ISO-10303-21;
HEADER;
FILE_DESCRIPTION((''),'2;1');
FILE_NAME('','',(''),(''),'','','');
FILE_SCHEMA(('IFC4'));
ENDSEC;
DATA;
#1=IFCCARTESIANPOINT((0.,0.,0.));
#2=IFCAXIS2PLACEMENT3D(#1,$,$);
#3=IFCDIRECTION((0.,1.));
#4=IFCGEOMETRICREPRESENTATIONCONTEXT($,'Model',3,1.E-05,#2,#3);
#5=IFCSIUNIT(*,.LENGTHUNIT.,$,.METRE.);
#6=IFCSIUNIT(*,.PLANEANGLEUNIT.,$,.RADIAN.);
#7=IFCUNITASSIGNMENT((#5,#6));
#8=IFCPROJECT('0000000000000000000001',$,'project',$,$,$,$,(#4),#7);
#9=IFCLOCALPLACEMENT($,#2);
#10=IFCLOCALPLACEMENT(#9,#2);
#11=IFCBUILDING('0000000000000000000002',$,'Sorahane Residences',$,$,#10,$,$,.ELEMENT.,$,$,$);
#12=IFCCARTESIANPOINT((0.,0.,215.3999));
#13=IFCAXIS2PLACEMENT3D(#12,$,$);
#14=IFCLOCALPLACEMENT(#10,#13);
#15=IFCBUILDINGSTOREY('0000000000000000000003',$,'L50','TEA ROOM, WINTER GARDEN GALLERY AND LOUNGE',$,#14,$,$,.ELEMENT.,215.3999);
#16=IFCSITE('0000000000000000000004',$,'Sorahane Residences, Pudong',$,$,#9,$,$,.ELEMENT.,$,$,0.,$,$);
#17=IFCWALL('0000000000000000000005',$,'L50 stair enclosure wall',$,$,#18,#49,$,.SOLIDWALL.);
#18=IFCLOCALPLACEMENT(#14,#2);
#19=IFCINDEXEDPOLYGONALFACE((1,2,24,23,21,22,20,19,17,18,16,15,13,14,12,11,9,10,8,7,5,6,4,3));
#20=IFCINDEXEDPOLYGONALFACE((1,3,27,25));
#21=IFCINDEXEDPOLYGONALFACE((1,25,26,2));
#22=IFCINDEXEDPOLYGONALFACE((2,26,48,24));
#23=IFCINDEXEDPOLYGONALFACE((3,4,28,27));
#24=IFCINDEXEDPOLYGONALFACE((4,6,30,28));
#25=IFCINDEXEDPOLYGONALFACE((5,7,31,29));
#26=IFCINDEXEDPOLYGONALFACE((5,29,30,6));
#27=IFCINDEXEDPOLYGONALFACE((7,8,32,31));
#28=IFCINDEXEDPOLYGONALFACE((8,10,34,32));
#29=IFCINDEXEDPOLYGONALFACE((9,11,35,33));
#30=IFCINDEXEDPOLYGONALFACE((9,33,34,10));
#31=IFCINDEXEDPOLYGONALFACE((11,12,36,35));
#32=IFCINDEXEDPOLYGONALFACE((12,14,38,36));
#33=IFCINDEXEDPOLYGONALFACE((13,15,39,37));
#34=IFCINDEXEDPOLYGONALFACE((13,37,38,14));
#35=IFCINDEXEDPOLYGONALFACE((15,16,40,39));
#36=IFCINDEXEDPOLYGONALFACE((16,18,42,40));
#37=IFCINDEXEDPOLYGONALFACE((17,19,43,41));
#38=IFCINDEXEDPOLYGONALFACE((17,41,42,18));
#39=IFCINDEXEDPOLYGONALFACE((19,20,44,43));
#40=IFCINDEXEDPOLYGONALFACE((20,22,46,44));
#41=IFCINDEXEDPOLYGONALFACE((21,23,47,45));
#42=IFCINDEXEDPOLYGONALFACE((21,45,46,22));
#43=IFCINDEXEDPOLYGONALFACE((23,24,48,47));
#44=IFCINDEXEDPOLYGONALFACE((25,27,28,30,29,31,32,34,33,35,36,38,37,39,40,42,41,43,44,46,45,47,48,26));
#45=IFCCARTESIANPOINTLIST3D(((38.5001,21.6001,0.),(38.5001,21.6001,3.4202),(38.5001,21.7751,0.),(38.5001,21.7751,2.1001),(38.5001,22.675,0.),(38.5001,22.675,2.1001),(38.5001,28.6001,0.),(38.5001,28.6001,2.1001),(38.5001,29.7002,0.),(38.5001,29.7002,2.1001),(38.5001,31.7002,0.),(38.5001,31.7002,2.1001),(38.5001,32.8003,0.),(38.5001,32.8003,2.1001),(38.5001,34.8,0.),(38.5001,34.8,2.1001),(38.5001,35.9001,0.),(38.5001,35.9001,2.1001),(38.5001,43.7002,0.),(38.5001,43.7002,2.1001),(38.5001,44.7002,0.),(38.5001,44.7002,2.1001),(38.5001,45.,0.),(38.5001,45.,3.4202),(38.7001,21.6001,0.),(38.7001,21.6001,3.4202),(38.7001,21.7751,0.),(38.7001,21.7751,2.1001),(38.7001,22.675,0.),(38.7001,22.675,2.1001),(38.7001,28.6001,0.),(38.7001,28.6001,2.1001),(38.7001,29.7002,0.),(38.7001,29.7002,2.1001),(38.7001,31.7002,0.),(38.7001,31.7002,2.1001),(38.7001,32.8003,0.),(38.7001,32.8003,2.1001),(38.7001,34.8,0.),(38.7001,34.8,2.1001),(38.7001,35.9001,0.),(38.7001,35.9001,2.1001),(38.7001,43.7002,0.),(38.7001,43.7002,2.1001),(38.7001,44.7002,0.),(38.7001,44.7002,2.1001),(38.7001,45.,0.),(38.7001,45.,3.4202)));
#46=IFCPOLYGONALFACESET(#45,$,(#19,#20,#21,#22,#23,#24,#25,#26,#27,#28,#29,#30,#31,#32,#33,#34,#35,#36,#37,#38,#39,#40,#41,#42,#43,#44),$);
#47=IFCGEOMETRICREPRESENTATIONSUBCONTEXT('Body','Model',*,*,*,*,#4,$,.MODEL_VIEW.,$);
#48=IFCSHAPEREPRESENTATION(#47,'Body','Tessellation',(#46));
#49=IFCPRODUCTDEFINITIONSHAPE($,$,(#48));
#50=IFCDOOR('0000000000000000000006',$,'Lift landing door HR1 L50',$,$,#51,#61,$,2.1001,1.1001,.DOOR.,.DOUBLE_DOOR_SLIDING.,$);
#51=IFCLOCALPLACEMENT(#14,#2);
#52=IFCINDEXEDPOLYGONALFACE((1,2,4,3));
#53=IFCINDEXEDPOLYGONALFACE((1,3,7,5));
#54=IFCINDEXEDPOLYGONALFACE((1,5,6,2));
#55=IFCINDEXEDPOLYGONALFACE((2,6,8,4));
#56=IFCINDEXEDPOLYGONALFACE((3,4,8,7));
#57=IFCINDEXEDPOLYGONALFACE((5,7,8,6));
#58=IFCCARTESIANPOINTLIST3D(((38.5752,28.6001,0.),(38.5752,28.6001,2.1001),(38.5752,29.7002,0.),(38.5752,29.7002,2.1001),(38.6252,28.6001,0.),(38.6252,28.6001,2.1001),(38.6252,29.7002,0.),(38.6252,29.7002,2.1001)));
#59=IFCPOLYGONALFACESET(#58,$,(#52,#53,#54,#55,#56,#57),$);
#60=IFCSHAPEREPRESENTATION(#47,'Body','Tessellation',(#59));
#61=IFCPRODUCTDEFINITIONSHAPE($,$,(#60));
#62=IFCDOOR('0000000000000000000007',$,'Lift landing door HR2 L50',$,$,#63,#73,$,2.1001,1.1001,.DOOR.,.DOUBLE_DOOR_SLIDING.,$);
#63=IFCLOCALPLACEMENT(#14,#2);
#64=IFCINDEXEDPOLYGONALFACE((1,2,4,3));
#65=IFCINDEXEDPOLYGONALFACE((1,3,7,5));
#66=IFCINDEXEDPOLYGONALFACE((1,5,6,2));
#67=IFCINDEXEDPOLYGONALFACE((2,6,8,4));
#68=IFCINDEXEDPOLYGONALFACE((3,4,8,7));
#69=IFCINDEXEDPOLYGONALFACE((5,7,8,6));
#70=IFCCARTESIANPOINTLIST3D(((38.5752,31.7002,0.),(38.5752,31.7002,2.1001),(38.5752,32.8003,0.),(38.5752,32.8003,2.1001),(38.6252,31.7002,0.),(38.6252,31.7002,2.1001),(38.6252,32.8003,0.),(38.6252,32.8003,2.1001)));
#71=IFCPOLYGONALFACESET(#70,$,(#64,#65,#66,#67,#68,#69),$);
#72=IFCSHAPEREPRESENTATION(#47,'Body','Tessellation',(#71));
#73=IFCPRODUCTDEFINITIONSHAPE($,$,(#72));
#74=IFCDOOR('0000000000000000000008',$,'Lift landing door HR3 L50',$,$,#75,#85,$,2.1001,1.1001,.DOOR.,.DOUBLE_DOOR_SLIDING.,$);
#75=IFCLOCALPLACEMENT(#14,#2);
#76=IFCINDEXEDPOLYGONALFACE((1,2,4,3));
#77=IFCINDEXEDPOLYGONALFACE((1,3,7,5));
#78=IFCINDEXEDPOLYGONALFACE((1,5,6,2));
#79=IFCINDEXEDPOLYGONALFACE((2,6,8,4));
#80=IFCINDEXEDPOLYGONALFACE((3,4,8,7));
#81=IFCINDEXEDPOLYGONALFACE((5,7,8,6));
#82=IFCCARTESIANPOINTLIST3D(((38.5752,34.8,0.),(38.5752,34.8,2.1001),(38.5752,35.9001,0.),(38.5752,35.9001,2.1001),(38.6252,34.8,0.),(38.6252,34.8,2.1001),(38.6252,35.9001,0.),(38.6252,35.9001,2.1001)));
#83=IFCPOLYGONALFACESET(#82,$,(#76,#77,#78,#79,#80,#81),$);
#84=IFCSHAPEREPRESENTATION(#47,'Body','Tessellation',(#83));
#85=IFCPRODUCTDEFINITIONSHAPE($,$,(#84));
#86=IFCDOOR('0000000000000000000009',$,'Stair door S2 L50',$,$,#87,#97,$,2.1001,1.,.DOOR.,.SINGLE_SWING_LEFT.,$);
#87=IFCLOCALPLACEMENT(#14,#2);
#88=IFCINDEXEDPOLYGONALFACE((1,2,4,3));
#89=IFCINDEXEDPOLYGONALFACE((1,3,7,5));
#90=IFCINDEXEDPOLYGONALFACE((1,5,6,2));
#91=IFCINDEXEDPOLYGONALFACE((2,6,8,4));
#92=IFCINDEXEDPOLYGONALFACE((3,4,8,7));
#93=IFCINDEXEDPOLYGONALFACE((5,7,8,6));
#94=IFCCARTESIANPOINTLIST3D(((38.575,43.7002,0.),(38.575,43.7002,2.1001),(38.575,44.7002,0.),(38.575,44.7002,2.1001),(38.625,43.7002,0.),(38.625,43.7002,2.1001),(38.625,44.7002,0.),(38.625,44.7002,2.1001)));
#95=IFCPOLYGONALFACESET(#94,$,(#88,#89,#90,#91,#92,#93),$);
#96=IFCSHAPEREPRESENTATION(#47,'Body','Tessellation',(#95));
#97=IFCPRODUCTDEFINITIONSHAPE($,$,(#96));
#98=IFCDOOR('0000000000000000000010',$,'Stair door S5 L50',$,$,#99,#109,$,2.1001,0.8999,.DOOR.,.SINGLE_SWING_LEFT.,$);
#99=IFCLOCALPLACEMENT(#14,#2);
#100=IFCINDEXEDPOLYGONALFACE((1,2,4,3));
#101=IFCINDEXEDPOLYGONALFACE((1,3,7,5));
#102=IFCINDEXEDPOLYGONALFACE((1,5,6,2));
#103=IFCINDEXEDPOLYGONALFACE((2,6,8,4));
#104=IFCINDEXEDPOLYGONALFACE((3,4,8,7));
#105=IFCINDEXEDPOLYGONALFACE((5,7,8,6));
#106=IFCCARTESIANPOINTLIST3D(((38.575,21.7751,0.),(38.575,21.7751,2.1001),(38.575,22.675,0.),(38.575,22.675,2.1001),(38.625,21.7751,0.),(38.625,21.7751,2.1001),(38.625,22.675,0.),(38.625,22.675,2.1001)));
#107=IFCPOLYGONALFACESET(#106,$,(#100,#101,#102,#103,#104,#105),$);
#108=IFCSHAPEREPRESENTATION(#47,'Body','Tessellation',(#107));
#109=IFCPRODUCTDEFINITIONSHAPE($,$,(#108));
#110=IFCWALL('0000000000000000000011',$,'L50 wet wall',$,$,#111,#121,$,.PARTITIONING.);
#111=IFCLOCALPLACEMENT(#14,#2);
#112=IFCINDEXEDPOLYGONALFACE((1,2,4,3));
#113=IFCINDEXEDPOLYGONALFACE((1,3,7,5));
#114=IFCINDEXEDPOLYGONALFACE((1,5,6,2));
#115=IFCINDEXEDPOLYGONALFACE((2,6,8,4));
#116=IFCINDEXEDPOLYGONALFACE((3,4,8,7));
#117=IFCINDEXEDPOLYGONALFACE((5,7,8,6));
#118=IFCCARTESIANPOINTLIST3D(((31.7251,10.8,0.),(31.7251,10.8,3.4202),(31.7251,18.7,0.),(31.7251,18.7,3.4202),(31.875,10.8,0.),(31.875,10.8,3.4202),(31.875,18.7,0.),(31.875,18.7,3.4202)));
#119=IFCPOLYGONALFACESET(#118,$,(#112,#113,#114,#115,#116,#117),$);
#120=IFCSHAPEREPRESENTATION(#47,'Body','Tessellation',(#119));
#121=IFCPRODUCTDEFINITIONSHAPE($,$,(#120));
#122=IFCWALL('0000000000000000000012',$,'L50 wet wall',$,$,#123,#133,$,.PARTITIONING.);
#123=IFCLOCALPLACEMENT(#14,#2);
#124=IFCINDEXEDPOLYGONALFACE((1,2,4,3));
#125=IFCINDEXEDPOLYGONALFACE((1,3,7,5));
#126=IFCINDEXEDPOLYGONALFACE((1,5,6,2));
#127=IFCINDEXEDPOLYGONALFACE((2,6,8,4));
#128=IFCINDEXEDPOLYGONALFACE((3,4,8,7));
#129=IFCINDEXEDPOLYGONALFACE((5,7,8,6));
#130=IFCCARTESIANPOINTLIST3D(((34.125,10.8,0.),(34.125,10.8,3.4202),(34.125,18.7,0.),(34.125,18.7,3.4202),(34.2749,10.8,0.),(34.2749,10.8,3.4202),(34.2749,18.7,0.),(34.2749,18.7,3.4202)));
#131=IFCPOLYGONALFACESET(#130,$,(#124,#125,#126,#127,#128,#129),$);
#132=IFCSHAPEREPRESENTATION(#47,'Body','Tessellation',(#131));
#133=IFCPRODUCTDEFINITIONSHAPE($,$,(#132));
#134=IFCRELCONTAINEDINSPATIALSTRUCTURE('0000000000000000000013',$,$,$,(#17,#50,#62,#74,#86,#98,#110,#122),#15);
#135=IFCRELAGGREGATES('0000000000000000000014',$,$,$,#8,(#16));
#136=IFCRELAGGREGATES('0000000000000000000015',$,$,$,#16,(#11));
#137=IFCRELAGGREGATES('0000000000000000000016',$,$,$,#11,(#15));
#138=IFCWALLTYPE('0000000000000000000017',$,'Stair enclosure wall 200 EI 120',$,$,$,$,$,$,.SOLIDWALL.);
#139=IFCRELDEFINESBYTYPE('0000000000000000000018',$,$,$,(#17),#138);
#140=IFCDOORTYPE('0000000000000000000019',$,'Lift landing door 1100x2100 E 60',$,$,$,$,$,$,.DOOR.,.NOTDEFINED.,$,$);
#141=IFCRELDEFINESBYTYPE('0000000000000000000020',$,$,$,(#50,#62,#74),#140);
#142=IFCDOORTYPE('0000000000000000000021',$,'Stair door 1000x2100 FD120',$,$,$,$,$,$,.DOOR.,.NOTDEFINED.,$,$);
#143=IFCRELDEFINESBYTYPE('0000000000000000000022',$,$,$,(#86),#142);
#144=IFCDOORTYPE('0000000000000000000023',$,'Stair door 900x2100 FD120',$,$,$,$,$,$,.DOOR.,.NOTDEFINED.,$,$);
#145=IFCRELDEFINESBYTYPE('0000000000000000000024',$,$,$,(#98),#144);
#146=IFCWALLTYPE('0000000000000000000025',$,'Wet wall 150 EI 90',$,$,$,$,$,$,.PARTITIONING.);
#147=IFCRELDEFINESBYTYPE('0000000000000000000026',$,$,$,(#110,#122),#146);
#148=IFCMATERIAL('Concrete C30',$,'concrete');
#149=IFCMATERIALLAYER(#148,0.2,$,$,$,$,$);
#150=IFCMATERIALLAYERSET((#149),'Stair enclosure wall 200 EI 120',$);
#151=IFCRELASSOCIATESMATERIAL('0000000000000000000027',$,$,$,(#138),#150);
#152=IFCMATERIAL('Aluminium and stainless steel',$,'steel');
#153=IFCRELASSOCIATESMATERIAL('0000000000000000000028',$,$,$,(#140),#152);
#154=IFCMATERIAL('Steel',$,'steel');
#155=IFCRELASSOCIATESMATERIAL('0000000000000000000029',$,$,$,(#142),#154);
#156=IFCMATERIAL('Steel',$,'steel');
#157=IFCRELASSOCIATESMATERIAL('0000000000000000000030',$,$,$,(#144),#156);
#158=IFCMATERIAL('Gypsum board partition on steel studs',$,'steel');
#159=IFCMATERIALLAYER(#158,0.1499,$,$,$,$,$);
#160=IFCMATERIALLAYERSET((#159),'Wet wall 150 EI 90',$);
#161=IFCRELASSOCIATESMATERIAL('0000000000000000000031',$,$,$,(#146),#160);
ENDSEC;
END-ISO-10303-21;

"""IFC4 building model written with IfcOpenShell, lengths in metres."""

from ifc_helpers import new_model, si_unit, direction, frame, frame_2d, origin, place, context, subcontext, project, spatial, rectangle, extrude, material, layer, layer_set, type_object, element, fill, save


model = new_model("IFC4")

# Units and contexts
model_context = context("Model", 3, precision=1e-05, world=origin(), true_north=direction((0.0, 1.0)))
body_context = subcontext(model_context, "Body", "Model", "MODEL_VIEW")
ifc_project = project(units=[si_unit("LENGTHUNIT", "METRE"), si_unit("PLANEANGLEUNIT", "RADIAN")], contexts=[model_context])

# Site, building, storey
site_placement = place(None, origin())
site = spatial("IfcSite", under=ifc_project, at=site_placement, Name="Sorahane Residences, Pudong", CompositionType="ELEMENT", RefElevation=0.0)
building_placement = place(site_placement, origin())
building = spatial("IfcBuilding", under=site, at=building_placement, Name="Sorahane Residences", CompositionType="ELEMENT")
storey_placement = place(building_placement, frame((0.0, 0.0, 215.3999)))
storey = spatial("IfcBuildingStorey", under=building, at=storey_placement, Name="L50", Description="TEA ROOM, WINTER GARDEN GALLERY AND LOUNGE", CompositionType="ELEMENT", Elevation=215.3999)

# Wall, openings, doors
ifc_material_1 = material(Name="Concrete C30", Category="concrete")
ifc_layer_1 = layer(ifc_material_1, 0.2)
ifc_layer_set_1 = layer_set([ifc_layer_1], Name="Stair enclosure wall 200 EI 120")
wall_type_1 = type_object("IfcWallType", Name="Stair enclosure wall 200 EI 120", PredefinedType="SOLIDWALL", material=ifc_layer_set_1)
wall_1_placement = place(storey_placement, frame((38.6001, 21.6001, 0.0), z_axis=(0.0, 0.0, 1.0), x_axis=(0.0, 1.0, 0.0)))
wall_1 = element("IfcWall", 1, at=wall_1_placement, inside=storey, type_object=wall_type_1, Name="L50 stair enclosure wall", PredefinedType="SOLIDWALL", context=body_context, shape_type="SweptSolid", body=[
    extrude(rectangle(XDim=23.3999, YDim=0.2, at=frame_2d((11.7, 0.0))), origin(), (0.0, 0.0, 1.0), 3.4202),
])
opening_1_placement = place(wall_1_placement, frame((7.0, 0.0, 0.0)))
opening_1 = element("IfcOpeningElement", 2, at=opening_1_placement, cuts=wall_1, PredefinedType="OPENING", context=body_context, shape_type="SweptSolid", body=[
    extrude(rectangle(XDim=1.1001, YDim=2.1001, at=frame_2d((0.55, 1.05))), frame((0.0, 0.1099, 0.0), z_axis=(0.0, -1.0, 0.0), x_axis=(1.0, 0.0, 0.0)), (0.0, 0.0, 1.0), 0.22),
])
opening_2_placement = place(wall_1_placement, frame((10.1001, 0.0, 0.0)))
opening_2 = element("IfcOpeningElement", 3, at=opening_2_placement, cuts=wall_1, PredefinedType="OPENING", context=body_context, shape_type="SweptSolid", body=[
    extrude(rectangle(XDim=1.1001, YDim=2.1001, at=frame_2d((0.55, 1.05))), frame((0.0, 0.1099, 0.0), z_axis=(0.0, -1.0, 0.0), x_axis=(1.0, 0.0, 0.0)), (0.0, 0.0, 1.0), 0.22),
])
opening_3_placement = place(wall_1_placement, frame((13.2, 0.0, 0.0)))
opening_3 = element("IfcOpeningElement", 4, at=opening_3_placement, cuts=wall_1, PredefinedType="OPENING", context=body_context, shape_type="SweptSolid", body=[
    extrude(rectangle(XDim=1.1001, YDim=2.1001, at=frame_2d((0.55, 1.05))), frame((0.0, 0.1099, 0.0), z_axis=(0.0, -1.0, 0.0), x_axis=(1.0, 0.0, 0.0)), (0.0, 0.0, 1.0), 0.22),
])
opening_4_placement = place(wall_1_placement, frame((22.1001, 0.0, 0.0)))
opening_4 = element("IfcOpeningElement", 5, at=opening_4_placement, cuts=wall_1, PredefinedType="OPENING", context=body_context, shape_type="SweptSolid", body=[
    extrude(rectangle(XDim=1.0, YDim=2.1001, at=frame_2d((0.5, 1.05))), frame((0.0, 0.1099, 0.0), z_axis=(0.0, -1.0, 0.0), x_axis=(1.0, 0.0, 0.0)), (0.0, 0.0, 1.0), 0.22),
])
opening_5_placement = place(wall_1_placement, frame((0.175, 0.0, 0.0)))
opening_5 = element("IfcOpeningElement", 6, at=opening_5_placement, cuts=wall_1, PredefinedType="OPENING", context=body_context, shape_type="SweptSolid", body=[
    extrude(rectangle(XDim=0.8999, YDim=2.1001, at=frame_2d((0.45, 1.05))), frame((0.0, 0.1099, 0.0), z_axis=(0.0, -1.0, 0.0), x_axis=(1.0, 0.0, 0.0)), (0.0, 0.0, 1.0), 0.22),
])
ifc_material_2 = material(Name="Aluminium and stainless steel", Category="steel")
door_type_1 = type_object("IfcDoorType", Name="Lift landing door 1100x2100 E 60", OperationType="NOTDEFINED", PredefinedType="DOOR", material=ifc_material_2)
door_1_placement = place(opening_1_placement, origin())
door_1 = element("IfcDoor", 7, at=door_1_placement, inside=storey, type_object=door_type_1, Name="Lift landing door HR1 L50", OperationType="DOUBLE_DOOR_SLIDING", OverallHeight=2.1001, OverallWidth=1.1001, PredefinedType="DOOR", context=body_context, shape_type="SweptSolid", body=[
    extrude(rectangle(XDim=1.1001, YDim=2.1001, at=frame_2d((0.55, 1.05))), frame((0.0, 0.0249, 0.0), z_axis=(0.0, -1.0, 0.0), x_axis=(1.0, 0.0, 0.0)), (0.0, 0.0, 1.0), 0.05),
])
fill(opening_1, door_1)
door_2_placement = place(opening_2_placement, origin())
door_2 = element("IfcDoor", 8, at=door_2_placement, inside=storey, type_object=door_type_1, Name="Lift landing door HR2 L50", OperationType="DOUBLE_DOOR_SLIDING", OverallHeight=2.1001, OverallWidth=1.1001, PredefinedType="DOOR", context=body_context, shape_type="SweptSolid", body=[
    extrude(rectangle(XDim=1.1001, YDim=2.1001, at=frame_2d((0.55, 1.05))), frame((0.0, 0.0249, 0.0), z_axis=(0.0, -1.0, 0.0), x_axis=(1.0, 0.0, 0.0)), (0.0, 0.0, 1.0), 0.05),
])
fill(opening_2, door_2)
door_3_placement = place(opening_3_placement, origin())
door_3 = element("IfcDoor", 9, at=door_3_placement, inside=storey, type_object=door_type_1, Name="Lift landing door HR3 L50", OperationType="DOUBLE_DOOR_SLIDING", OverallHeight=2.1001, OverallWidth=1.1001, PredefinedType="DOOR", context=body_context, shape_type="SweptSolid", body=[
    extrude(rectangle(XDim=1.1001, YDim=2.1001, at=frame_2d((0.55, 1.05))), frame((0.0, 0.0249, 0.0), z_axis=(0.0, -1.0, 0.0), x_axis=(1.0, 0.0, 0.0)), (0.0, 0.0, 1.0), 0.05),
])
fill(opening_3, door_3)
ifc_material_3 = material(Name="Steel", Category="steel")
door_type_2 = type_object("IfcDoorType", Name="Stair door 1000x2100 FD120", OperationType="NOTDEFINED", PredefinedType="DOOR", material=ifc_material_3)
door_4_placement = place(opening_4_placement, frame((1.0, 0.0, 0.0), z_axis=(0.0, 0.0, 1.0), x_axis=(-1.0, 0.0, 0.0)))
door_4 = element("IfcDoor", 10, at=door_4_placement, inside=storey, type_object=door_type_2, Name="Stair door S2 L50", OperationType="SINGLE_SWING_LEFT", OverallHeight=2.1001, OverallWidth=1.0, PredefinedType="DOOR", context=body_context, shape_type="SweptSolid", body=[
    extrude(rectangle(XDim=1.0, YDim=2.1001, at=frame_2d((0.5, 1.05))), frame((0.0, 0.0249, 0.0), z_axis=(0.0, -1.0, 0.0), x_axis=(1.0, 0.0, 0.0)), (0.0, 0.0, 1.0), 0.05),
])
fill(opening_4, door_4)
ifc_material_4 = material(Name="Steel", Category="steel")
door_type_3 = type_object("IfcDoorType", Name="Stair door 900x2100 FD120", OperationType="NOTDEFINED", PredefinedType="DOOR", material=ifc_material_4)
door_5_placement = place(opening_5_placement, frame((0.8999, 0.0, 0.0), z_axis=(0.0, 0.0, 1.0), x_axis=(-1.0, 0.0, 0.0)))
door_5 = element("IfcDoor", 11, at=door_5_placement, inside=storey, type_object=door_type_3, Name="Stair door S5 L50", OperationType="SINGLE_SWING_LEFT", OverallHeight=2.1001, OverallWidth=0.8999, PredefinedType="DOOR", context=body_context, shape_type="SweptSolid", body=[
    extrude(rectangle(XDim=0.8999, YDim=2.1001, at=frame_2d((0.45, 1.05))), frame((0.0, 0.0249, 0.0), z_axis=(0.0, -1.0, 0.0), x_axis=(1.0, 0.0, 0.0)), (0.0, 0.0, 1.0), 0.05),
])
fill(opening_5, door_5)

# Walls
ifc_material_5 = material(Name="Gypsum board partition on steel studs", Category="steel")
ifc_layer_2 = layer(ifc_material_5, 0.1499)
ifc_layer_set_2 = layer_set([ifc_layer_2], Name="Wet wall 150 EI 90")
wall_type_2 = type_object("IfcWallType", Name="Wet wall 150 EI 90", PredefinedType="PARTITIONING", material=ifc_layer_set_2)
for number, where, z_axis, x_axis, name in (
    (12, (31.8, 10.8, 0.0), (0.0, 0.0, 1.0), (0.0, 1.0, 0.0), "L50 wet wall"),
    (13, (34.2, 10.8, 0.0), (0.0, 0.0, 1.0), (0.0, 1.0, 0.0), "L50 wet wall"),
):
    element("IfcWall", number, at=place(storey_placement, frame(where, z_axis=z_axis, x_axis=x_axis)), inside=storey, type_object=wall_type_2, Name=name, PredefinedType="PARTITIONING", context=body_context, shape_type="SweptSolid", body=[
        extrude(rectangle(XDim=7.8999, YDim=0.1499, at=frame_2d((3.95, 0.0))), origin(), (0.0, 0.0, 1.0), 3.4202),
    ])

save(model, "model.ifc")
